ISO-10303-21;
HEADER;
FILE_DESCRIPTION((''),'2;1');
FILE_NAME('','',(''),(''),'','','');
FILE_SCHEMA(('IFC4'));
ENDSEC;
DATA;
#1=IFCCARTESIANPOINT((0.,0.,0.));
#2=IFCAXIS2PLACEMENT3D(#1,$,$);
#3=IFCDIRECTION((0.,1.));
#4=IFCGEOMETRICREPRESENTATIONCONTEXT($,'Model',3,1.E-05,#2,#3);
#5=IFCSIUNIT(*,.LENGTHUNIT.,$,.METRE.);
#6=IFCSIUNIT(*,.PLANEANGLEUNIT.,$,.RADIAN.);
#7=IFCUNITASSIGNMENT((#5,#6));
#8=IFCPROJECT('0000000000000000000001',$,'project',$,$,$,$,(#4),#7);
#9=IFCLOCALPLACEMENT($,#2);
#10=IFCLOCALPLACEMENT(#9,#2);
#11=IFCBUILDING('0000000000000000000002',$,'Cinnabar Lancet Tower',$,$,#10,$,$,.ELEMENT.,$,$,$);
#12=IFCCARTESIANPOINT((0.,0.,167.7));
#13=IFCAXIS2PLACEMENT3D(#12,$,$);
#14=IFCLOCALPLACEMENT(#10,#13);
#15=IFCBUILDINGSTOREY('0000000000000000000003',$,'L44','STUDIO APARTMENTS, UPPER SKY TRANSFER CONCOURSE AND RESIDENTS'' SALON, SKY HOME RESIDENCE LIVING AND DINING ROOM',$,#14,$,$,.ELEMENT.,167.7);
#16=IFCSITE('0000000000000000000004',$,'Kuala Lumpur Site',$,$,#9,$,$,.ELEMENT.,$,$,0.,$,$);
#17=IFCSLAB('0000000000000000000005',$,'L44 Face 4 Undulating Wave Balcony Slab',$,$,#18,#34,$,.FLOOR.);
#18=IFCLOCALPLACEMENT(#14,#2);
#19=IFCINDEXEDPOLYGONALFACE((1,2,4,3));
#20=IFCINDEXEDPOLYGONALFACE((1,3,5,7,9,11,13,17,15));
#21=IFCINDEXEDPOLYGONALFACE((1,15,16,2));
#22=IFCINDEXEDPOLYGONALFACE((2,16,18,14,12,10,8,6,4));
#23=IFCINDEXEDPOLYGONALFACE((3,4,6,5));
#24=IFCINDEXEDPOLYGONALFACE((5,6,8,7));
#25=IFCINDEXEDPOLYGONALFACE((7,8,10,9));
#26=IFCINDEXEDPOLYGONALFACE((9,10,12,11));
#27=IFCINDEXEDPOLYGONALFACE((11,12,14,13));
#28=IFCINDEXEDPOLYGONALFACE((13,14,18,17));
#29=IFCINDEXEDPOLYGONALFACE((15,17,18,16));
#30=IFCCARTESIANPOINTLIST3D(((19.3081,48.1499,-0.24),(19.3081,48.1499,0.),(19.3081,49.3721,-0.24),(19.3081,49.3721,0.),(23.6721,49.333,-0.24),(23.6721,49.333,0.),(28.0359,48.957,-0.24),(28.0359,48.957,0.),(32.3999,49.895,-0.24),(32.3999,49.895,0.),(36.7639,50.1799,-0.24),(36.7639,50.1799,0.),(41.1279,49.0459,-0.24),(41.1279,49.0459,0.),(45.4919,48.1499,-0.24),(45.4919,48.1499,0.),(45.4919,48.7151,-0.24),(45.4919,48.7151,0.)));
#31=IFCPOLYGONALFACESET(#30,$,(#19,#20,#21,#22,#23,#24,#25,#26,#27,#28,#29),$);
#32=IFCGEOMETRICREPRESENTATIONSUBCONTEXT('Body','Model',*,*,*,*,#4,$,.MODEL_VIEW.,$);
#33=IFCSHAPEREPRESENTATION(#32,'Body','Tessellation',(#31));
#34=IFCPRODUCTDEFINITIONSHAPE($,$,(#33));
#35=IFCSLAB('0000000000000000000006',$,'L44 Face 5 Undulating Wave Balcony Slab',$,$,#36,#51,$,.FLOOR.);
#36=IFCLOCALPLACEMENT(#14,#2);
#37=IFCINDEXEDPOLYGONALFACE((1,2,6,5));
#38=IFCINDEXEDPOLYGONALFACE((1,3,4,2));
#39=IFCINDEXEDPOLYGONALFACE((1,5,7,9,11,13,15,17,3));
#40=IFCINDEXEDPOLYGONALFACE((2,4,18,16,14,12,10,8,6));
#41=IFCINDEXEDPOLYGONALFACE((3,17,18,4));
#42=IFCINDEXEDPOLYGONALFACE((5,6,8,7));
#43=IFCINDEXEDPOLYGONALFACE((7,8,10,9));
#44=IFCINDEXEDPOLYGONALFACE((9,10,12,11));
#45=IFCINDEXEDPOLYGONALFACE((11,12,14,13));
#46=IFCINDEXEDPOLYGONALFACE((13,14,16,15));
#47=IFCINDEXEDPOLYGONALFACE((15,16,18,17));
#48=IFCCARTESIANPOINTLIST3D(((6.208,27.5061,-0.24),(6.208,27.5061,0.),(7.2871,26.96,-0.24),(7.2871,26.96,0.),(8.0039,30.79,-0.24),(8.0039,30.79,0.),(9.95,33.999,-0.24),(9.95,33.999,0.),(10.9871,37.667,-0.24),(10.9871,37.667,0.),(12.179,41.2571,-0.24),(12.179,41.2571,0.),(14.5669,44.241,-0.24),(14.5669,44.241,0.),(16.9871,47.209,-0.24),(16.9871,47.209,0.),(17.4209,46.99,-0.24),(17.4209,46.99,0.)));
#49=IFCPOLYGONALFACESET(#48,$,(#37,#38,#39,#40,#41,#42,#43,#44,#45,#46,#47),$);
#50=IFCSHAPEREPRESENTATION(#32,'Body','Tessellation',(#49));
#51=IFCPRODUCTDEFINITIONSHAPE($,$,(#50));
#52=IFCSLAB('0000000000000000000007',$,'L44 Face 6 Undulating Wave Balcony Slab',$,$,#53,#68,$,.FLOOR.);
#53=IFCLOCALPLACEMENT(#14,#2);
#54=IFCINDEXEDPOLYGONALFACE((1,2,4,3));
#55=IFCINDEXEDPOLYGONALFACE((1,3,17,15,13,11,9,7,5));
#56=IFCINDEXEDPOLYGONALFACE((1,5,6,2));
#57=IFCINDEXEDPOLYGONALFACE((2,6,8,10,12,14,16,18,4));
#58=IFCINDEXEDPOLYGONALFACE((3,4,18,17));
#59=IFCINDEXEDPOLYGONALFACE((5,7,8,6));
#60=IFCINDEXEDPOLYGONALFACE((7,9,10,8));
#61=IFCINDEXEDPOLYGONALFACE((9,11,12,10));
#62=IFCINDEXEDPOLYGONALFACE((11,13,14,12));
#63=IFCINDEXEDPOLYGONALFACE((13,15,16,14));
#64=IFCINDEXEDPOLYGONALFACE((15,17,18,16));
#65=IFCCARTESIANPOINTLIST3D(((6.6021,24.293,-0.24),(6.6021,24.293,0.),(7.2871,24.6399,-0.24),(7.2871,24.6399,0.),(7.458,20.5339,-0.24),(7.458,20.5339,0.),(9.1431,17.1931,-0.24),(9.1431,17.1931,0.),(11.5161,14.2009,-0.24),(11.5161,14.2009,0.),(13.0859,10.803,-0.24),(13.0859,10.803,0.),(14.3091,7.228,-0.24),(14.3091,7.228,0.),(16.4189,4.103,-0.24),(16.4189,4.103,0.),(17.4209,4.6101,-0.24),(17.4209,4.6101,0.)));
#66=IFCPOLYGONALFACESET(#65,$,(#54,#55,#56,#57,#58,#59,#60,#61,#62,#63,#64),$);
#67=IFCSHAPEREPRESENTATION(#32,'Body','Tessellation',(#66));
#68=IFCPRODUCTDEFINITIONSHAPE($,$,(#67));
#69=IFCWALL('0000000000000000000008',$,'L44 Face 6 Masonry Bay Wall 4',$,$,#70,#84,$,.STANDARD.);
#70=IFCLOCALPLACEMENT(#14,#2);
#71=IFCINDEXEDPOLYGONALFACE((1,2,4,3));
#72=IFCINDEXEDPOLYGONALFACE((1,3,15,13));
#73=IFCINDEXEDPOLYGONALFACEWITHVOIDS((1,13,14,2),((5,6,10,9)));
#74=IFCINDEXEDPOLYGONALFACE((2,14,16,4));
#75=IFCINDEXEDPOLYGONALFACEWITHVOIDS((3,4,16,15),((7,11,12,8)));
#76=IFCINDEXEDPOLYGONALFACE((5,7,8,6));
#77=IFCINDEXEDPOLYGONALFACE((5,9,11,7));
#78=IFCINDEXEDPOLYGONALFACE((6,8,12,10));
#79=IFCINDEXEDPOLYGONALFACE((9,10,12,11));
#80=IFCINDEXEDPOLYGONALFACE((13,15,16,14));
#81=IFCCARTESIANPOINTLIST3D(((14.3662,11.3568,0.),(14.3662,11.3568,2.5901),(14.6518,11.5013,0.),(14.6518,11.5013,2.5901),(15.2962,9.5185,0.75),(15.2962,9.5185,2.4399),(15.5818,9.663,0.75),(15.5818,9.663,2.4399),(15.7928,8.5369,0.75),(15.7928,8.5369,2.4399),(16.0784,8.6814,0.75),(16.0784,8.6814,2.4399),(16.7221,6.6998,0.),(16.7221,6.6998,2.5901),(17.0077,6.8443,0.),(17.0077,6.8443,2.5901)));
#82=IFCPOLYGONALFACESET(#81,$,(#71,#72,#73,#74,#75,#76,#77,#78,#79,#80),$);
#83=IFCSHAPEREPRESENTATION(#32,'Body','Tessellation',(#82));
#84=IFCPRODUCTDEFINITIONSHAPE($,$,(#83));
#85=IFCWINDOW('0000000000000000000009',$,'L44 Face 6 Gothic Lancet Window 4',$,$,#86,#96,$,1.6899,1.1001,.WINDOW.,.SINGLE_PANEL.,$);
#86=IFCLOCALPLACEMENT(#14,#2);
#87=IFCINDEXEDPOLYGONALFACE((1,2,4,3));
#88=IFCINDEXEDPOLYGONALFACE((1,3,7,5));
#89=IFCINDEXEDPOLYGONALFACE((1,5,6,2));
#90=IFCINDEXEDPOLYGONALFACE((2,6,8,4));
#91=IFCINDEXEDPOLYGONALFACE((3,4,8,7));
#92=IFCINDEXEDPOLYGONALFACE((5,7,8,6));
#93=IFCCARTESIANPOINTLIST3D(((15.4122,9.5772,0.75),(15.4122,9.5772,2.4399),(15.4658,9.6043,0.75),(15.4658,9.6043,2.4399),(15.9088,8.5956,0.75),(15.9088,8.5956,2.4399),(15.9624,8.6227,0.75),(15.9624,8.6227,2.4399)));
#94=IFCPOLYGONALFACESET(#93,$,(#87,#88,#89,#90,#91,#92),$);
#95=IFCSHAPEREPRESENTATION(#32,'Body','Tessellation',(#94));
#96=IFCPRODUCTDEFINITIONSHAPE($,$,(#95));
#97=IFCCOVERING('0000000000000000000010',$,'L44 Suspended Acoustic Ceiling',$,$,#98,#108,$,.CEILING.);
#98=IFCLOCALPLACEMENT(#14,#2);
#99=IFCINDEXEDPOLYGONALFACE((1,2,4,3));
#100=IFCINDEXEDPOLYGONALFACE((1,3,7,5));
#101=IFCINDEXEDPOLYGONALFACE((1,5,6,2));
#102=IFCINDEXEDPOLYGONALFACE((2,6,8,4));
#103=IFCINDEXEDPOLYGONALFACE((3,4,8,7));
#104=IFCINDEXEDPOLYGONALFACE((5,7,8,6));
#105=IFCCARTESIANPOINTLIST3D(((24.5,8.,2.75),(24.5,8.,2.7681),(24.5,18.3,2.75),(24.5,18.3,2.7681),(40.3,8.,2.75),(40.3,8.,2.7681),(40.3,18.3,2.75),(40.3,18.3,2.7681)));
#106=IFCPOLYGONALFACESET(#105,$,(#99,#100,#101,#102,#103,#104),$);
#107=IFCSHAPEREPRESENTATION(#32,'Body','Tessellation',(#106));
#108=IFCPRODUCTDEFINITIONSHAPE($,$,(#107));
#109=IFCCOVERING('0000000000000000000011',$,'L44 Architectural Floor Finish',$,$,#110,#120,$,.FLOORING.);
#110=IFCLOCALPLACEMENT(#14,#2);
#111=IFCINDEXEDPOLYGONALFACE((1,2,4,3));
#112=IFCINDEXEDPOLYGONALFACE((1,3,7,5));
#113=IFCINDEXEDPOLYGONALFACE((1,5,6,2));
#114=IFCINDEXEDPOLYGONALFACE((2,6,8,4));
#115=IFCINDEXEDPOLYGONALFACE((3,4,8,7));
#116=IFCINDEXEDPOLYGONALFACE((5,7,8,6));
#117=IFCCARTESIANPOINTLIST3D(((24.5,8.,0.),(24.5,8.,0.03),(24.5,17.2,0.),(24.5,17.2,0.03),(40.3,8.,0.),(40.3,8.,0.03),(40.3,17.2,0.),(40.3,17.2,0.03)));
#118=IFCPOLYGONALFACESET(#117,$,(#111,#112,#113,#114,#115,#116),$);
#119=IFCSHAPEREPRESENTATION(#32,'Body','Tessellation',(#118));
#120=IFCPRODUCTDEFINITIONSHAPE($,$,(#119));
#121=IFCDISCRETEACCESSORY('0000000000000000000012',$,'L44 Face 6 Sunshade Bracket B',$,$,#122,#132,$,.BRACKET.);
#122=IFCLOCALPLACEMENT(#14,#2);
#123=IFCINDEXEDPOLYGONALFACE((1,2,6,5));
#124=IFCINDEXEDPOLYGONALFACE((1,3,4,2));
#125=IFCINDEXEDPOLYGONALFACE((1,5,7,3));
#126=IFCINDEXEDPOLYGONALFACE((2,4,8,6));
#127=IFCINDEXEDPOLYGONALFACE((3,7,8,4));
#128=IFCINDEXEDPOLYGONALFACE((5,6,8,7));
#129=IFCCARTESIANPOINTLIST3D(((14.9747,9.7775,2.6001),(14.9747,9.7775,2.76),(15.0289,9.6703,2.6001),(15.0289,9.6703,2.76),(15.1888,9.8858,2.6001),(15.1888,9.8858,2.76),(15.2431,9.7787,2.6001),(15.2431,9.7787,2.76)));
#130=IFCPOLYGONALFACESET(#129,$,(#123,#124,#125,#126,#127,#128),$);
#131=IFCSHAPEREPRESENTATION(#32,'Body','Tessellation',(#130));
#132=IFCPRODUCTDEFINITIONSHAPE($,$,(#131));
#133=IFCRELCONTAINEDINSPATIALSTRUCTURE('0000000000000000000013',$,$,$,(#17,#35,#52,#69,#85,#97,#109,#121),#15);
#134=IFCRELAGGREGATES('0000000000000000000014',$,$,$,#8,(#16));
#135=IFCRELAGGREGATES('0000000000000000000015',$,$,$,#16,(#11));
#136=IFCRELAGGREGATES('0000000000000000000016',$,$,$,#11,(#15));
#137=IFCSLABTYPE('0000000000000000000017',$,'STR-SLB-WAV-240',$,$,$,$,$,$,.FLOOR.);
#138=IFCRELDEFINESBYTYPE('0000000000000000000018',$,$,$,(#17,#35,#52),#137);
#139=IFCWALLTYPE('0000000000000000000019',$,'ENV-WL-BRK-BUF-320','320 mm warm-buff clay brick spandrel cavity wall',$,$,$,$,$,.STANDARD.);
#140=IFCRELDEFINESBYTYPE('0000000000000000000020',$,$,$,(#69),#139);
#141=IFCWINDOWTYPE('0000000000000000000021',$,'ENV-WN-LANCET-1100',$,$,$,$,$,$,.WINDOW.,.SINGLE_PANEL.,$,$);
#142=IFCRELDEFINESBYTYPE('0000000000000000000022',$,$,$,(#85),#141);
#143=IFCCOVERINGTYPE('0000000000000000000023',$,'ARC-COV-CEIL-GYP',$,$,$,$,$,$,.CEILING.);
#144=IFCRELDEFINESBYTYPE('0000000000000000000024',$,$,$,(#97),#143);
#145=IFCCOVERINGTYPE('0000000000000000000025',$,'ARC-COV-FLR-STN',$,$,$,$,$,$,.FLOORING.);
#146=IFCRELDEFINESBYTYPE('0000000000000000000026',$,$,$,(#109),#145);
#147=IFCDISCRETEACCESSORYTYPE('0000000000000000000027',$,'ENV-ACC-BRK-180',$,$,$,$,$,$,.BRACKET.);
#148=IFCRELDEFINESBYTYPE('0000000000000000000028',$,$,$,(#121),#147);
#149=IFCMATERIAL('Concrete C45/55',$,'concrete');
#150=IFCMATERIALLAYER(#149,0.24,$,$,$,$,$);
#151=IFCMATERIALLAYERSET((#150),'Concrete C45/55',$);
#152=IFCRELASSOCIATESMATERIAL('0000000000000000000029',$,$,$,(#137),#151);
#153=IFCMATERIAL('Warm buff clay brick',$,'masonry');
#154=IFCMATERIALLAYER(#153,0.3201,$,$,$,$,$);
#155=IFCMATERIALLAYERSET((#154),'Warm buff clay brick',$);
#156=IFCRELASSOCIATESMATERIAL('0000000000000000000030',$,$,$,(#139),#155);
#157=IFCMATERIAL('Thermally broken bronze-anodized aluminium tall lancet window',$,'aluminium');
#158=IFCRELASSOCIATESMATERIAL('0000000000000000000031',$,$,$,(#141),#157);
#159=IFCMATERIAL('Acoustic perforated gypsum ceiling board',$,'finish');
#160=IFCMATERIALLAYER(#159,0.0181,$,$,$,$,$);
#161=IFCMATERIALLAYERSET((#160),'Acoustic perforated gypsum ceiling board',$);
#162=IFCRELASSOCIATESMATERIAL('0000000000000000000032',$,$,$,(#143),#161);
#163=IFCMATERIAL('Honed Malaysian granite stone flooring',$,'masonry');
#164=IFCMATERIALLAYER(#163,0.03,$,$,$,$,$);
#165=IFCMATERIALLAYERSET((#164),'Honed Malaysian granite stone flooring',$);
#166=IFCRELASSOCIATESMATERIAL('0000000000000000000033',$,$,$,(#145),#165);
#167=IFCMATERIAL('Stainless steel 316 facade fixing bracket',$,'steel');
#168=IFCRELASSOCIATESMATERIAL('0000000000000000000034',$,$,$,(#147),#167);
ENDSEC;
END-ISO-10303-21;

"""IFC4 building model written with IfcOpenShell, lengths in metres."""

from ifc_helpers import new_model, si_unit, direction, frame, frame_2d, origin, origin_2d, place, context, subcontext, project, spatial, polyline, rectangle, outline, extrude, material, layer, layer_set, type_object, element, fill, save


model = new_model("IFC4")

# Units and contexts
model_context = context("Model", 3, precision=1e-05, world=origin(), true_north=direction((0.0, 1.0)))
body_context = subcontext(model_context, "Body", "Model", "MODEL_VIEW")
ifc_project = project(units=[si_unit("LENGTHUNIT", "METRE"), si_unit("PLANEANGLEUNIT", "RADIAN")], contexts=[model_context])

# Site, building, storey
site_placement = place(None, origin())
site = spatial("IfcSite", under=ifc_project, at=site_placement, Name="Kuala Lumpur Site", CompositionType="ELEMENT", RefElevation=0.0)
building_placement = place(site_placement, origin())
building = spatial("IfcBuilding", under=site, at=building_placement, Name="Cinnabar Lancet Tower", CompositionType="ELEMENT")
storey_placement = place(building_placement, frame((0.0, 0.0, 167.7)))
storey = spatial("IfcBuildingStorey", under=building, at=storey_placement, Name="L44", Description="STUDIO APARTMENTS, UPPER SKY TRANSFER CONCOURSE AND RESIDENTS' SALON, SKY HOME RESIDENCE LIVING AND DINING ROOM", CompositionType="ELEMENT", Elevation=167.7)

# Slabs
ifc_material_1 = material(Name="Concrete C45/55", Category="concrete")
ifc_layer_1 = layer(ifc_material_1, 0.24)
ifc_layer_set_1 = layer_set([ifc_layer_1], Name="Concrete C45/55")
slab_type_1 = type_object("IfcSlabType", Name="STR-SLB-WAV-240", PredefinedType="FLOOR", material=ifc_layer_set_1)
slab_1_placement = place(storey_placement, frame((0.0, 0.0, -0.24)))
element("IfcSlab", 1, at=slab_1_placement, inside=storey, type_object=slab_type_1, Name="L44 Face 4 Undulating Wave Balcony Slab", PredefinedType="FLOOR", context=body_context, shape_type="SweptSolid", body=[
    extrude(outline(polyline([(45.4919, 48.1499), (45.4919, 48.7151), (41.1279, 49.0459), (36.7639, 50.1799), (32.3999, 49.895), (28.0359, 48.957), (23.6721, 49.333), (19.3081, 49.3721), (19.3081, 48.1499), (45.4919, 48.1499)])), origin(), (0.0, 0.0, 1.0), 0.24),
])
slab_2_placement = place(storey_placement, frame((0.0, 0.0, -0.24)))
element("IfcSlab", 2, at=slab_2_placement, inside=storey, type_object=slab_type_1, Name="L44 Face 5 Undulating Wave Balcony Slab", PredefinedType="FLOOR", context=body_context, shape_type="SweptSolid", body=[
    extrude(outline(polyline([(17.4209, 46.99), (16.9871, 47.209), (14.5669, 44.241), (12.179, 41.2571), (10.9871, 37.667), (9.95, 33.999), (8.0039, 30.79), (6.208, 27.5061), (7.2871, 26.96), (17.4209, 46.99)])), origin(), (0.0, 0.0, 1.0), 0.24),
])
slab_3_placement = place(storey_placement, frame((0.0, 0.0, -0.24)))
element("IfcSlab", 3, at=slab_3_placement, inside=storey, type_object=slab_type_1, Name="L44 Face 6 Undulating Wave Balcony Slab", PredefinedType="FLOOR", context=body_context, shape_type="SweptSolid", body=[
    extrude(outline(polyline([(7.2871, 24.6399), (6.6021, 24.293), (7.458, 20.5339), (9.1431, 17.1931), (11.5161, 14.2009), (13.0859, 10.803), (14.3091, 7.228), (16.4189, 4.103), (17.4209, 4.6101), (7.2871, 24.6399)])), origin(), (0.0, 0.0, 1.0), 0.24),
])

# Wall, opening, window
ifc_material_2 = material(Name="Warm buff clay brick", Category="masonry")
ifc_layer_2 = layer(ifc_material_2, 0.3201)
ifc_layer_set_2 = layer_set([ifc_layer_2], Name="Warm buff clay brick")
wall_type = type_object("IfcWallType", Name="ENV-WL-BRK-BUF-320", Description="320 mm warm-buff clay brick spandrel cavity wall", PredefinedType="STANDARD", material=ifc_layer_set_2)
wall_placement = place(storey_placement, frame((14.509, 11.429, 0.0), z_axis=(0.0, 0.0, 1.0), x_axis=(0.451419, -0.892312, 0.0)))
wall = element("IfcWall", 4, at=wall_placement, inside=storey, type_object=wall_type, Name="L44 Face 6 Masonry Bay Wall 4", PredefinedType="STANDARD", context=body_context, shape_type="SweptSolid", body=[
    extrude(rectangle(XDim=5.219, YDim=0.3201, at=frame_2d((2.6094, 0.0))), origin(), (0.0, 0.0, 1.0), 2.5901),
])
opening_placement = place(wall_placement, frame((2.0601, 0.0, 0.75)))
opening = element("IfcOpeningElement", 5, at=opening_placement, cuts=wall, PredefinedType="OPENING", context=body_context, shape_type="SweptSolid", body=[
    extrude(rectangle(XDim=1.1001, YDim=1.6899, at=frame_2d((0.55, 0.845))), frame((0.0, 0.1699, 0.0), z_axis=(0.0, -1.0, 0.0), x_axis=(1.0, 0.0, 0.0)), (0.0, 0.0, 1.0), 0.3401),
])
ifc_material_3 = material(Name="Thermally broken bronze-anodized aluminium tall lancet window", Category="aluminium")
window_type = type_object("IfcWindowType", Name="ENV-WN-LANCET-1100", PartitioningType="SINGLE_PANEL", PredefinedType="WINDOW", material=ifc_material_3)
window_placement = place(opening_placement, origin())
window = element("IfcWindow", 6, at=window_placement, inside=storey, type_object=window_type, Name="L44 Face 6 Gothic Lancet Window 4", OverallHeight=1.6899, OverallWidth=1.1001, PartitioningType="SINGLE_PANEL", PredefinedType="WINDOW", context=body_context, shape_type="SweptSolid", body=[
    extrude(rectangle(XDim=1.1001, YDim=1.6899, at=frame_2d((0.55, 0.845))), frame((0.0, 0.03, 0.0), z_axis=(0.0, -1.0, 0.0), x_axis=(1.0, 0.0, 0.0)), (0.0, 0.0, 1.0), 0.0601),
])
fill(opening, window)

# Coverings
ifc_material_4 = material(Name="Acoustic perforated gypsum ceiling board", Category="finish")
ifc_layer_3 = layer(ifc_material_4, 0.0181)
ifc_layer_set_3 = layer_set([ifc_layer_3], Name="Acoustic perforated gypsum ceiling board")
covering_type_1 = type_object("IfcCoveringType", Name="ARC-COV-CEIL-GYP", PredefinedType="CEILING", material=ifc_layer_set_3)
covering_1_placement = place(storey_placement, frame((0.0, 0.0, 2.75)))
element("IfcCovering", 7, at=covering_1_placement, inside=storey, type_object=covering_type_1, Name="L44 Suspended Acoustic Ceiling", PredefinedType="CEILING", context=body_context, shape_type="SweptSolid", body=[
    extrude(outline(polyline([(24.5, 8.0), (40.3, 8.0), (40.3, 18.3), (24.5, 18.3), (24.5, 8.0)])), origin(), (0.0, 0.0, 1.0), 0.0181),
])
ifc_material_5 = material(Name="Honed Malaysian granite stone flooring", Category="masonry")
ifc_layer_4 = layer(ifc_material_5, 0.03)
ifc_layer_set_4 = layer_set([ifc_layer_4], Name="Honed Malaysian granite stone flooring")
covering_type_2 = type_object("IfcCoveringType", Name="ARC-COV-FLR-STN", PredefinedType="FLOORING", material=ifc_layer_set_4)
covering_2_placement = place(storey_placement, origin())
element("IfcCovering", 8, at=covering_2_placement, inside=storey, type_object=covering_type_2, Name="L44 Architectural Floor Finish", PredefinedType="FLOORING", context=body_context, shape_type="SweptSolid", body=[
    extrude(outline(polyline([(24.5, 8.0), (40.3, 8.0), (40.3, 17.2), (24.5, 17.2), (24.5, 8.0)])), origin(), (0.0, 0.0, 1.0), 0.03),
])

# Discrete accessory
ifc_material_6 = material(Name="Stainless steel 316 facade fixing bracket", Category="steel")
discrete_accessory_type = type_object("IfcDiscreteAccessoryType", Name="ENV-ACC-BRK-180", PredefinedType="BRACKET", material=ifc_material_6)
discrete_accessory_placement = place(storey_placement, frame((15.1089, 9.7781, 2.6001), z_axis=(0.0, 0.0, 1.0), x_axis=(0.451469, -0.892287, 0.0)))
element("IfcDiscreteAccessory", 9, at=discrete_accessory_placement, inside=storey, type_object=discrete_accessory_type, Name="L44 Face 6 Sunshade Bracket B", PredefinedType="BRACKET", context=body_context, shape_type="SweptSolid", body=[
    extrude(rectangle(XDim=0.1201, YDim=0.24, at=origin_2d()), origin(), (0.0, 0.0, 1.0), 0.1599),
])

save(model, "model.ifc")
